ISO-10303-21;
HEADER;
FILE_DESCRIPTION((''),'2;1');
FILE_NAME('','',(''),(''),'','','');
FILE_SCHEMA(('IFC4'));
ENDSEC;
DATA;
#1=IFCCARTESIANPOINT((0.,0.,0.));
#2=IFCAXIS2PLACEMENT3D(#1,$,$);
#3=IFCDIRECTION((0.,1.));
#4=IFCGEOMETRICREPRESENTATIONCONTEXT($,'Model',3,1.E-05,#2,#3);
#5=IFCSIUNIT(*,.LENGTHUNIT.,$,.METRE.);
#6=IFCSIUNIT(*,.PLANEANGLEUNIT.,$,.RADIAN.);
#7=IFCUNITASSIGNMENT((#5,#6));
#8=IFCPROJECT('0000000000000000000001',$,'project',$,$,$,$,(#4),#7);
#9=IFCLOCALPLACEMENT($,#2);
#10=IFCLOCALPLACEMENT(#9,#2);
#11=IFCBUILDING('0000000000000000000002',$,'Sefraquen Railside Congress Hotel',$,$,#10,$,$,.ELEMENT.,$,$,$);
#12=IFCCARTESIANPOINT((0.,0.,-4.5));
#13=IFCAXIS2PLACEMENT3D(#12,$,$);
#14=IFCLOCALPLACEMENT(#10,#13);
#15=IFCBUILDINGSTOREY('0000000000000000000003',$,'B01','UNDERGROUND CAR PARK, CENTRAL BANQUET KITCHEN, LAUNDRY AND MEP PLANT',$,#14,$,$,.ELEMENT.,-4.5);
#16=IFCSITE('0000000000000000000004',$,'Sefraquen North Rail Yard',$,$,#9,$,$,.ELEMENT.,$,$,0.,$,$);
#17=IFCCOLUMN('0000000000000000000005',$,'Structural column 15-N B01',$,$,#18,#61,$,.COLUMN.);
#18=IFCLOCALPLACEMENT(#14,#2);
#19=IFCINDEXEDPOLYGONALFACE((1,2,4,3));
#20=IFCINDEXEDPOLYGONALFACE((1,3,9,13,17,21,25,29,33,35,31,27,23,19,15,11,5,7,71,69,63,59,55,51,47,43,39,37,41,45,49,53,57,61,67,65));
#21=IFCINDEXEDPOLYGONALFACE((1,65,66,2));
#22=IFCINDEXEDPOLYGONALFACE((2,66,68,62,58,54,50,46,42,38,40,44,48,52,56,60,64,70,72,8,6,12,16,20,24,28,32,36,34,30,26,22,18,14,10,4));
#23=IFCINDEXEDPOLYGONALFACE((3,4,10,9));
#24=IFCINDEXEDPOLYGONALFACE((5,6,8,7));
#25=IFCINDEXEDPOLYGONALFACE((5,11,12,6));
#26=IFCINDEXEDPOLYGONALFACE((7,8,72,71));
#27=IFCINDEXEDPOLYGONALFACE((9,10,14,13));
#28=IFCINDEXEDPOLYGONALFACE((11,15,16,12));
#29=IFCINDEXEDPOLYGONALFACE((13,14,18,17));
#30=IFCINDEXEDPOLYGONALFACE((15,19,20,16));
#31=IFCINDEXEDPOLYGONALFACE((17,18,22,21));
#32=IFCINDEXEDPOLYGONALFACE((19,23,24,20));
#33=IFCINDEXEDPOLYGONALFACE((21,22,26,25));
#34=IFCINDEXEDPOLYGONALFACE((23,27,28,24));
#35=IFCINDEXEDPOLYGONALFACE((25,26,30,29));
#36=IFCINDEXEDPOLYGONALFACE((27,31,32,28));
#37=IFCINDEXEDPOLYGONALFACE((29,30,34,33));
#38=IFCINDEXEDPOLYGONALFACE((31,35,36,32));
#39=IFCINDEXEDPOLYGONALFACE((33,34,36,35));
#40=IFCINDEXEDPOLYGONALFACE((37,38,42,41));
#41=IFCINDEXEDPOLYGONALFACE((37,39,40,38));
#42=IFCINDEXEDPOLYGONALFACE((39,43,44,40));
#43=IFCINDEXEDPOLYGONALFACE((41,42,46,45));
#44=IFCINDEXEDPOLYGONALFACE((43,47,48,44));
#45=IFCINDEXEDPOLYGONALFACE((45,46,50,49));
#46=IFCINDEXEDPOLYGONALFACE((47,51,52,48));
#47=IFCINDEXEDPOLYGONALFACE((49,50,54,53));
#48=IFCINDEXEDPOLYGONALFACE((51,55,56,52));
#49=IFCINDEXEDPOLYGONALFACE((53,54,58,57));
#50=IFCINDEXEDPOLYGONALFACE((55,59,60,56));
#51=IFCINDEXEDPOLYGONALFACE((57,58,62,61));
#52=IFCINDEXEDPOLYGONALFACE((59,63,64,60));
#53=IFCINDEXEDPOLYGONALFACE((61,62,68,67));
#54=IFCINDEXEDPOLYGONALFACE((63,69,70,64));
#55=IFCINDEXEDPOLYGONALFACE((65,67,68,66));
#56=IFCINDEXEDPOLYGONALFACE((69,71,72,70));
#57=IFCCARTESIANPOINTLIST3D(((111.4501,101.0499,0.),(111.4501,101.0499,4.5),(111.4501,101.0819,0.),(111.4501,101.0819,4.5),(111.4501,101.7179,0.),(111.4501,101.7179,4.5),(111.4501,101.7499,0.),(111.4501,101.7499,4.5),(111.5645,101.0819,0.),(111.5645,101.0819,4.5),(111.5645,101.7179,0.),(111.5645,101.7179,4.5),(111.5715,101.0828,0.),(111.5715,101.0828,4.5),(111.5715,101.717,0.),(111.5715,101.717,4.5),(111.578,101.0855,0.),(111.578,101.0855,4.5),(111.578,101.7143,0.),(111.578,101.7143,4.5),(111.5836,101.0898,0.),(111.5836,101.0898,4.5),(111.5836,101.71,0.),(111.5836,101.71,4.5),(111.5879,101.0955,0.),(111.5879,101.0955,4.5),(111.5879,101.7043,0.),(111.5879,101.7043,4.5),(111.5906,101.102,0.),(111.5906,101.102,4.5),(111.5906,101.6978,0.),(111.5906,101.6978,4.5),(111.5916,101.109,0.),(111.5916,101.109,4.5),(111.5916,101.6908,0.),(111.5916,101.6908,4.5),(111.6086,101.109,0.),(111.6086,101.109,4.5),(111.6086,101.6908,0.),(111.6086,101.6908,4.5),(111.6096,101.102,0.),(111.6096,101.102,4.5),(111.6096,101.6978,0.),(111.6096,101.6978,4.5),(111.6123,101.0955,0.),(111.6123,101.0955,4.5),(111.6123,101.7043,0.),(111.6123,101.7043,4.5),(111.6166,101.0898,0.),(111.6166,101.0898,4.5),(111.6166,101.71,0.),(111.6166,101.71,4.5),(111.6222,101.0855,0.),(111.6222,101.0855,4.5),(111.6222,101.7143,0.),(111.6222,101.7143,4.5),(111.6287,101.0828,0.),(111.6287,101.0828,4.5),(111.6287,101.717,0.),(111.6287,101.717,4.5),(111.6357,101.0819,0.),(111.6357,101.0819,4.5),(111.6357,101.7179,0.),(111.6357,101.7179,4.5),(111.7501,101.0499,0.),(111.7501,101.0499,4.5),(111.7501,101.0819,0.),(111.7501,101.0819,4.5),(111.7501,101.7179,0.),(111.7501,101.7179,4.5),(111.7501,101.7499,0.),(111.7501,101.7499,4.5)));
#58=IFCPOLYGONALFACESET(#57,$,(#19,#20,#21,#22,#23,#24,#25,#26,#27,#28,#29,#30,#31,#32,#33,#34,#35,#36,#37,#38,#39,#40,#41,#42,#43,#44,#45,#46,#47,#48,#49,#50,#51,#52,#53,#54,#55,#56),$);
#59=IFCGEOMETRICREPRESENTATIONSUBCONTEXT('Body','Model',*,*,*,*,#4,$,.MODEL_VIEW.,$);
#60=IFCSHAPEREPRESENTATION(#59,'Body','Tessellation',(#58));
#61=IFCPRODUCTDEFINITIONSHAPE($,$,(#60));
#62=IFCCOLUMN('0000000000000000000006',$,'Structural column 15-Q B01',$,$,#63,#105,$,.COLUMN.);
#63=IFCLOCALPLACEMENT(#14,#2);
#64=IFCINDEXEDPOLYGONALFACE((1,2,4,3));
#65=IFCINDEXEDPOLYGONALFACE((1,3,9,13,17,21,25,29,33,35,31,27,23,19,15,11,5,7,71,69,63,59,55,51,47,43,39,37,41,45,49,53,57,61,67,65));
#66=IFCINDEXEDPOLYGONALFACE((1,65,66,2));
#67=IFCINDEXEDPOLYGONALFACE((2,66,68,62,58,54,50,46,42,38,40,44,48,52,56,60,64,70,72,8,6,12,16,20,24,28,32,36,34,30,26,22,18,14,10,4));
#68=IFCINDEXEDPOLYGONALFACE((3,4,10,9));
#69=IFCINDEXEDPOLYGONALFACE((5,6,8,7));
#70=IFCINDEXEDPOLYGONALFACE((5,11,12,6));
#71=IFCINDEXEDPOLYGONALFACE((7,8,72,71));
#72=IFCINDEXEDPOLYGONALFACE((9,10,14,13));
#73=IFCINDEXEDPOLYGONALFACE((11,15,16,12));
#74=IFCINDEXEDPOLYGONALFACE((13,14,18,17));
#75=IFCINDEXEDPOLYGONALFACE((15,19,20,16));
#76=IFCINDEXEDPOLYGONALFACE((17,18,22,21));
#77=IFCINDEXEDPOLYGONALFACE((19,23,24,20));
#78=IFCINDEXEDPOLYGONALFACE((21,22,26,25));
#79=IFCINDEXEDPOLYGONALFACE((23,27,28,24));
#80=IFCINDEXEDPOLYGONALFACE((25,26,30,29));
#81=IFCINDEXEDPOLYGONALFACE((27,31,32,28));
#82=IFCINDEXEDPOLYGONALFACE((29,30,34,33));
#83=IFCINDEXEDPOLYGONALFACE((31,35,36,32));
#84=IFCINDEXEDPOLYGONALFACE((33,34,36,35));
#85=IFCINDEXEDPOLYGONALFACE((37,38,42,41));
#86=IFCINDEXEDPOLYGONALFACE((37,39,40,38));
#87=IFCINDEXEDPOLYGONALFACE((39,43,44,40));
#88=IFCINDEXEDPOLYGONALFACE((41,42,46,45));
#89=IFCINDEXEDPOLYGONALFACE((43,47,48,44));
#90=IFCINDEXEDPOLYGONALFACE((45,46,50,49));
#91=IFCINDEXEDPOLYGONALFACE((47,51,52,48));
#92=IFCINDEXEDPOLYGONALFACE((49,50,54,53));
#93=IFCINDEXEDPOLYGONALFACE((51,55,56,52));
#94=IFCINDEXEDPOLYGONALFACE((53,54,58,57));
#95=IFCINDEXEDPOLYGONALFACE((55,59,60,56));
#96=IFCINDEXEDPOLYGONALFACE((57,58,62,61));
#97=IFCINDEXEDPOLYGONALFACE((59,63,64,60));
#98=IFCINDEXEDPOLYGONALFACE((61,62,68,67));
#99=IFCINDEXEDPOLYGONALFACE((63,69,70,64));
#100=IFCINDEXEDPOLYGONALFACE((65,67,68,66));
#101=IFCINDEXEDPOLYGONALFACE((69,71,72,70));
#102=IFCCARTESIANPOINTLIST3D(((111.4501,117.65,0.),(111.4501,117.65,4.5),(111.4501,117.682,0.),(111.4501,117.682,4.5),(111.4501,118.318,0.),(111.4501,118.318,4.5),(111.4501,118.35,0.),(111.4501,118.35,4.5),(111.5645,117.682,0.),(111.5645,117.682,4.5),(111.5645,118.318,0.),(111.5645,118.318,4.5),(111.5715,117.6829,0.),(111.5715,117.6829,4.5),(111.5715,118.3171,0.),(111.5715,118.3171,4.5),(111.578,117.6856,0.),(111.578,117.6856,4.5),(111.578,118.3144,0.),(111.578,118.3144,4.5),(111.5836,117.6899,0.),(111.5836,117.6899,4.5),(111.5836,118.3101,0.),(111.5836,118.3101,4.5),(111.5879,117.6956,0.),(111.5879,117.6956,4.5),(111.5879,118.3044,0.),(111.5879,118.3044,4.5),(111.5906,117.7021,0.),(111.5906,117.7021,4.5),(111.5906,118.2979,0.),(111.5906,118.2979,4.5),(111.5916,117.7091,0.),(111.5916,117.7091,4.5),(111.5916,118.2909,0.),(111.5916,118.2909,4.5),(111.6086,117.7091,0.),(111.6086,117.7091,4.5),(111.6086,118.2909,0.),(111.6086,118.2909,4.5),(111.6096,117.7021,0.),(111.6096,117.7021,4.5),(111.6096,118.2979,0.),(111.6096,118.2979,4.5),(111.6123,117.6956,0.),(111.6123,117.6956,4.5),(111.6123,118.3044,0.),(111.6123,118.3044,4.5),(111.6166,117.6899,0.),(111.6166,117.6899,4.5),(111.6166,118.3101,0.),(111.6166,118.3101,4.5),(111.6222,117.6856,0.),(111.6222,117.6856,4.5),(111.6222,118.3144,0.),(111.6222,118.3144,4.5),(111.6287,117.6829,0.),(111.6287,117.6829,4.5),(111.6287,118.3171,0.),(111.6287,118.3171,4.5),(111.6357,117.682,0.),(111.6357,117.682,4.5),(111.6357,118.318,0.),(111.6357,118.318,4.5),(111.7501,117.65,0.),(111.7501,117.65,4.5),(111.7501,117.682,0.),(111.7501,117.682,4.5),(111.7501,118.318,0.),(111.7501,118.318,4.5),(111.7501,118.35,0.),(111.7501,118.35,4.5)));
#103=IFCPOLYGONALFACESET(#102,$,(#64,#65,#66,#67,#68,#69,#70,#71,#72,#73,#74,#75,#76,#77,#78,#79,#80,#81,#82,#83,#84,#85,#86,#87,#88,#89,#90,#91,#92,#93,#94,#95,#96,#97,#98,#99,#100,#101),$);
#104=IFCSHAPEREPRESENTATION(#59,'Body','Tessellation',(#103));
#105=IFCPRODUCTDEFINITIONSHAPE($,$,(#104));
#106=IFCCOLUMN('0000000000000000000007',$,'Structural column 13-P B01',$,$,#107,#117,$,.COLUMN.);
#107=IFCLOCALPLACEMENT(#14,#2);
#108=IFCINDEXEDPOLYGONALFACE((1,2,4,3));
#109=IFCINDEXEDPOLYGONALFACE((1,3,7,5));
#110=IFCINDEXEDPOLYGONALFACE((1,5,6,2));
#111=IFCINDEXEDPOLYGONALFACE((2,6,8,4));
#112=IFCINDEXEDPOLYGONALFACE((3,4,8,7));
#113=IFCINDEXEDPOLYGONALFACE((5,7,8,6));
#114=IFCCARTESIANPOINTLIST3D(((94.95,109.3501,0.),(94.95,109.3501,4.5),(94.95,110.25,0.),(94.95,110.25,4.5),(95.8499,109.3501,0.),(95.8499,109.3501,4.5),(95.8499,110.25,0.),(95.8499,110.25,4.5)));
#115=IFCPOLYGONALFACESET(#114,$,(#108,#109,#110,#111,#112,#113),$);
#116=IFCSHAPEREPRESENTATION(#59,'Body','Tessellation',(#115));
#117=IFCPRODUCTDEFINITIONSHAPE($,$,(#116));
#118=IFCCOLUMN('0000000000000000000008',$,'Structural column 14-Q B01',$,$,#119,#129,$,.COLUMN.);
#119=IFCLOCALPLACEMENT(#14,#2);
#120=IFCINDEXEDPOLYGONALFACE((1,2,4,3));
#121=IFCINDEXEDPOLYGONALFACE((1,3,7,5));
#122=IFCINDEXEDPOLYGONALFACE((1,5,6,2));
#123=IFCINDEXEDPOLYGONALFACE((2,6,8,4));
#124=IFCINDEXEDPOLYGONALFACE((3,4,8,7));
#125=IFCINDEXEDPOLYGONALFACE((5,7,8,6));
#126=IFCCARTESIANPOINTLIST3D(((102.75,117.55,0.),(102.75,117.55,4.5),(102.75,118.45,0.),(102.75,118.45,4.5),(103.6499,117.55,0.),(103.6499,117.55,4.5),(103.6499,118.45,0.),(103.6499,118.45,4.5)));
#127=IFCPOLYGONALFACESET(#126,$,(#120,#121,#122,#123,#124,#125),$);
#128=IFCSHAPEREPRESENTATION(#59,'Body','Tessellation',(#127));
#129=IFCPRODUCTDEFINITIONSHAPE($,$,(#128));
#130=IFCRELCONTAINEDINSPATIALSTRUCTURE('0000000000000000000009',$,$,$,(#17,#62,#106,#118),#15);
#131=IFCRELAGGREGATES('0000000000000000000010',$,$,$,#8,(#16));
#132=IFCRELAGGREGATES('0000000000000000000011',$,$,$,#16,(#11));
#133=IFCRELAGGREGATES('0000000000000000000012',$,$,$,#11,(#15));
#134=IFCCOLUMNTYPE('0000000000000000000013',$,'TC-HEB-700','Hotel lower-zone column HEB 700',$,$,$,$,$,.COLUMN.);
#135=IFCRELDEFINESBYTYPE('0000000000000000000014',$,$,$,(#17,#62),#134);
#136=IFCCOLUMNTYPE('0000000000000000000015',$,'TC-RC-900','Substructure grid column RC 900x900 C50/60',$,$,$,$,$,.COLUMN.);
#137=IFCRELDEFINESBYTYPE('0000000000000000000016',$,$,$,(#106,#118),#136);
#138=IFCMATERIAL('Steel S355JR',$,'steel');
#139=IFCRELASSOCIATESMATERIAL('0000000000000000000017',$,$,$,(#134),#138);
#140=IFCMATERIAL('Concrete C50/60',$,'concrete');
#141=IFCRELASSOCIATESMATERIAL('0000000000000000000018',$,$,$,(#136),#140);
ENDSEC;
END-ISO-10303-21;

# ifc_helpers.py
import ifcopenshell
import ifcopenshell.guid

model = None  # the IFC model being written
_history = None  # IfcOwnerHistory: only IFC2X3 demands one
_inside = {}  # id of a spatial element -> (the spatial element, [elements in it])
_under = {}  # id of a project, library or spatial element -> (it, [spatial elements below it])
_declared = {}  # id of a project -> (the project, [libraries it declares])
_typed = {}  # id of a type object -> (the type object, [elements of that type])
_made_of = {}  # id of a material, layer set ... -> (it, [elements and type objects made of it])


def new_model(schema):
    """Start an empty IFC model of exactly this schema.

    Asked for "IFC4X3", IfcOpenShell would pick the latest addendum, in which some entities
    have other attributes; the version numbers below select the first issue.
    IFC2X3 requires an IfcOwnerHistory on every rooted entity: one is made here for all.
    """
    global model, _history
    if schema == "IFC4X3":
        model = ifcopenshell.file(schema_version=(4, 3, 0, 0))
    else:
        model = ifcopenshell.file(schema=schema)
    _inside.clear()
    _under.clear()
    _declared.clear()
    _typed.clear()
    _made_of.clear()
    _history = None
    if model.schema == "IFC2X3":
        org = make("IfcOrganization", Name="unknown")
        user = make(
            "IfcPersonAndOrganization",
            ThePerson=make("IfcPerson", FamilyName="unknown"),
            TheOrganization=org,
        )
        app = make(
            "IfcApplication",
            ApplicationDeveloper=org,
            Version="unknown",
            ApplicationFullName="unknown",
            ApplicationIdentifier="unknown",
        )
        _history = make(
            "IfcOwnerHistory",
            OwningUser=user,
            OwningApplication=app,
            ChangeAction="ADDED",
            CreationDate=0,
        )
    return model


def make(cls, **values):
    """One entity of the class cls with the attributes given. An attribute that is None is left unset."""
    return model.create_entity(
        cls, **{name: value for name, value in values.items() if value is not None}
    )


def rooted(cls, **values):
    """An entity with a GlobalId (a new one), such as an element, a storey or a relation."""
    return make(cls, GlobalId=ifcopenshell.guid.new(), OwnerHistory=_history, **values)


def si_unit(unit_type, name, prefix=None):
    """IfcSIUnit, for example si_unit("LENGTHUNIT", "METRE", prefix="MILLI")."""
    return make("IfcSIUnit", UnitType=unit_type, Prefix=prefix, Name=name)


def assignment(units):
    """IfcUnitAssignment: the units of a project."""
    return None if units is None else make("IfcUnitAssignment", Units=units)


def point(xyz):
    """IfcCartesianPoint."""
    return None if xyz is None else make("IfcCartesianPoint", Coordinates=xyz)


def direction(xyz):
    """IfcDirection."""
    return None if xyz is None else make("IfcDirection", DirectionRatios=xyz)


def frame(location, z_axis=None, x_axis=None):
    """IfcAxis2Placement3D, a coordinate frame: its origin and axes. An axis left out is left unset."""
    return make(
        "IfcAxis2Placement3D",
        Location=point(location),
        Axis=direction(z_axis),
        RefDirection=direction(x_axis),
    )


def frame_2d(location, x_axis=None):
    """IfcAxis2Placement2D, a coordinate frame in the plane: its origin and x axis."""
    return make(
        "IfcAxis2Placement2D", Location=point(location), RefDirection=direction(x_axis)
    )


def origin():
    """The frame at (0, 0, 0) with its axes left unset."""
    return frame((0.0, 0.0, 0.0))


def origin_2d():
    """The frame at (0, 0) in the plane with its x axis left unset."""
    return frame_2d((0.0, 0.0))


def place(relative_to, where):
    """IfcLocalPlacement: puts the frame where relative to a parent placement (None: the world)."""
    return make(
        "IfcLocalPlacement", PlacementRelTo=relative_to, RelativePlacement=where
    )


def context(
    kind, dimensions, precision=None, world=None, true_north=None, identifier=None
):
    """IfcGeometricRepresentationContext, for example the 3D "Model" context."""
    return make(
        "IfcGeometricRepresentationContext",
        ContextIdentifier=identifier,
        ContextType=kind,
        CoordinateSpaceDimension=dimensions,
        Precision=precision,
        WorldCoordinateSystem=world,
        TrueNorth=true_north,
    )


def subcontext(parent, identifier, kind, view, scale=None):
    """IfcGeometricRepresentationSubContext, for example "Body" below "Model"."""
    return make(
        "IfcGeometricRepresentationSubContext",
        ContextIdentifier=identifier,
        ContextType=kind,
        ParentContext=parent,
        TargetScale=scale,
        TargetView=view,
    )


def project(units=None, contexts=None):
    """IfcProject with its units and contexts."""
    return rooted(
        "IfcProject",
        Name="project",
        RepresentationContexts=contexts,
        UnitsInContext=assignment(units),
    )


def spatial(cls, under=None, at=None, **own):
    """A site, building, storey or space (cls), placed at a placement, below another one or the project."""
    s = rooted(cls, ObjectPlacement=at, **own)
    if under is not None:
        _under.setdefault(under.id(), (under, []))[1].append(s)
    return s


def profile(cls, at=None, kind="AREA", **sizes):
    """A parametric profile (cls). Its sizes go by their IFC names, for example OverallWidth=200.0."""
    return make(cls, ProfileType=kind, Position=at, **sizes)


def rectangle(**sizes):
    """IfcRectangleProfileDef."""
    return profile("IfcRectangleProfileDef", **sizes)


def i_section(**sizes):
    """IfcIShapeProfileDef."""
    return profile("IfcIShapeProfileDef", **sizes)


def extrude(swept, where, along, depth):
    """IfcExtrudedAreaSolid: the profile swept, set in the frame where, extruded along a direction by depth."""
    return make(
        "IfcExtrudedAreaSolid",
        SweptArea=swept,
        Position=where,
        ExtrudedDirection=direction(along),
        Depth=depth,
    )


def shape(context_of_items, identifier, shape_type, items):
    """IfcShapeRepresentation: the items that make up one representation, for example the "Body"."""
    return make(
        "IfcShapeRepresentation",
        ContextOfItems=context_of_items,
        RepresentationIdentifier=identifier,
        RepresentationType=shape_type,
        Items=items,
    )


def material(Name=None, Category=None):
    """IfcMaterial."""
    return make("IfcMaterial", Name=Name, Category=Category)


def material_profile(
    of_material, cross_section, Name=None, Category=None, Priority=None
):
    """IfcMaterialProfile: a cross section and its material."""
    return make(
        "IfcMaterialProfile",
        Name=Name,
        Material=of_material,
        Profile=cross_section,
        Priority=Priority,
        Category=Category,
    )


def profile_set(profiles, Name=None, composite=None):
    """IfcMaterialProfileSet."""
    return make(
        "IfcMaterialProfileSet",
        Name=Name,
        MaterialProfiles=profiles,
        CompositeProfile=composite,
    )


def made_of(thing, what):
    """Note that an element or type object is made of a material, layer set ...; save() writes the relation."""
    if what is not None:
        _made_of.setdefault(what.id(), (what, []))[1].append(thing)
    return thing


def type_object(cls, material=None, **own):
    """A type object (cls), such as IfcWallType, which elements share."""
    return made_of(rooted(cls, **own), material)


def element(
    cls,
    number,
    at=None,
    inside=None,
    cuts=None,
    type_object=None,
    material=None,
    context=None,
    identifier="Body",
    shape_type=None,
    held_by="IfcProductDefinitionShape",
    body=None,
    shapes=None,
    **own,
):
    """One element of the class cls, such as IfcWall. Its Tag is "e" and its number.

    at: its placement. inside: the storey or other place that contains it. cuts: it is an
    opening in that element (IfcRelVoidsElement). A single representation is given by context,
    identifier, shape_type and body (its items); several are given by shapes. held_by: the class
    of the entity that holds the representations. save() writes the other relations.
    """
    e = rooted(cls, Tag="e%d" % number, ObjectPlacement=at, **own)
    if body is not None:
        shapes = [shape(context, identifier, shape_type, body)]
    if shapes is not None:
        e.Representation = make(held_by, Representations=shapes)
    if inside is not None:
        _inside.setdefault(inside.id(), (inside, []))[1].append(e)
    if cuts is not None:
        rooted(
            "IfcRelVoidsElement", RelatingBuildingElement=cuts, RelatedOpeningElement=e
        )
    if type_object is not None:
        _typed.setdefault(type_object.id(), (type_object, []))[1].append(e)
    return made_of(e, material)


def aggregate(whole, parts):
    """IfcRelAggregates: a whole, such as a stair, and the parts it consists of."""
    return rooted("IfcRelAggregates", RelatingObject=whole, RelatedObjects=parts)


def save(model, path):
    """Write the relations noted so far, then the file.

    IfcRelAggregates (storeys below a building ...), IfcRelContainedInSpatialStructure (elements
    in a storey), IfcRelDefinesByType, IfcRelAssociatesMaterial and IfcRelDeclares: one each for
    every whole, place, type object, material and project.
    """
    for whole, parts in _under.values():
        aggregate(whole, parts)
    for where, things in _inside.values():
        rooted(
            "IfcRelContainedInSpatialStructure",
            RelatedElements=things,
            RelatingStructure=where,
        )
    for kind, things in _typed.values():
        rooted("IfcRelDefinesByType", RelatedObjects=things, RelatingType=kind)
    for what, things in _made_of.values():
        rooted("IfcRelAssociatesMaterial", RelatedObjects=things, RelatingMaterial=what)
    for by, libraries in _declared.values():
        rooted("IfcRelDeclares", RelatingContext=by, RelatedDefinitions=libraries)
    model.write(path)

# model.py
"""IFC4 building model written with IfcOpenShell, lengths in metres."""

from ifc_helpers import new_model, si_unit, direction, frame, origin, origin_2d, place, context, subcontext, project, spatial, rectangle, i_section, extrude, material, material_profile, profile_set, type_object, element, save


model = new_model("IFC4")

# Units and contexts
model_context = context("Model", 3, precision=1e-05, world=origin(), true_north=direction((0.0, 1.0)))
body_context = subcontext(model_context, "Body", "Model", "MODEL_VIEW")
ifc_project = project(units=[si_unit("LENGTHUNIT", "METRE"), si_unit("PLANEANGLEUNIT", "RADIAN")], contexts=[model_context])

# Site, building, storey
site_placement = place(None, origin())
site = spatial("IfcSite", under=ifc_project, at=site_placement, Name="Sefraquen North Rail Yard", CompositionType="ELEMENT", RefElevation=0.0)
building_placement = place(site_placement, origin())
building = spatial("IfcBuilding", under=site, at=building_placement, Name="Sefraquen Railside Congress Hotel", CompositionType="ELEMENT")
storey_placement = place(building_placement, frame((0.0, 0.0, -4.5)))
storey = spatial("IfcBuildingStorey", under=building, at=storey_placement, Name="B01", Description="UNDERGROUND CAR PARK, CENTRAL BANQUET KITCHEN, LAUNDRY AND MEP PLANT", CompositionType="ELEMENT", Elevation=-4.5)

# Columns
ifc_material_1 = material(Name="Steel S355JR", Category="steel")
ifc_material_profile_1 = material_profile(ifc_material_1, i_section(OverallWidth=0.3, OverallDepth=0.7, WebThickness=0.0171, FlangeThickness=0.032, FilletRadius=0.0271, at=origin_2d()), Name="HEB 700")
ifc_profile_set_1 = profile_set([ifc_material_profile_1], Name="Steel S355JR")
column_type_1 = type_object("IfcColumnType", Name="TC-HEB-700", Description="Hotel lower-zone column HEB 700", PredefinedType="COLUMN", material=ifc_profile_set_1)
for number, where, z_axis, x_axis, name in (
    (1, (111.6001, 101.3999, 0.0), (0.0, 0.0, 1.0), (1.0, 0.0, 0.0), "Structural column 15-N B01"),
    (2, (111.6001, 118.0, 0.0), (0.0, 0.0, 1.0), (1.0, 0.0, 0.0), "Structural column 15-Q B01"),
):
    element("IfcColumn", number, at=place(storey_placement, frame(where, z_axis=z_axis, x_axis=x_axis)), inside=storey, type_object=column_type_1, Name=name, PredefinedType="COLUMN", context=body_context, shape_type="SweptSolid", body=[
        extrude(i_section(OverallWidth=0.3, OverallDepth=0.7, WebThickness=0.0171, FlangeThickness=0.032, FilletRadius=0.0271, at=origin_2d()), origin(), (0.0, 0.0, 1.0), 4.5),
    ])
ifc_material_2 = material(Name="Concrete C50/60", Category="concrete")
ifc_material_profile_2 = material_profile(ifc_material_2, rectangle(XDim=0.8999, YDim=0.8999, at=origin_2d()), Name="RC 900x900")
ifc_profile_set_2 = profile_set([ifc_material_profile_2], Name="Concrete C50/60")
column_type_2 = type_object("IfcColumnType", Name="TC-RC-900", Description="Substructure grid column RC 900x900 C50/60", PredefinedType="COLUMN", material=ifc_profile_set_2)
for number, where, z_axis, x_axis, name in (
    (3, (95.3999, 109.8, 0.0), (0.0, 0.0, 1.0), (1.0, 0.0, 0.0), "Structural column 13-P B01"),
    (4, (103.2, 118.0, 0.0), (0.0, 0.0, 1.0), (1.0, 0.0, 0.0), "Structural column 14-Q B01"),
):
    element("IfcColumn", number, at=place(storey_placement, frame(where, z_axis=z_axis, x_axis=x_axis)), inside=storey, type_object=column_type_2, Name=name, PredefinedType="COLUMN", context=body_context, shape_type="SweptSolid", body=[
        extrude(rectangle(XDim=0.8999, YDim=0.8999, at=origin_2d()), origin(), (0.0, 0.0, 1.0), 4.5),
    ])

save(model, "model.ifc")
